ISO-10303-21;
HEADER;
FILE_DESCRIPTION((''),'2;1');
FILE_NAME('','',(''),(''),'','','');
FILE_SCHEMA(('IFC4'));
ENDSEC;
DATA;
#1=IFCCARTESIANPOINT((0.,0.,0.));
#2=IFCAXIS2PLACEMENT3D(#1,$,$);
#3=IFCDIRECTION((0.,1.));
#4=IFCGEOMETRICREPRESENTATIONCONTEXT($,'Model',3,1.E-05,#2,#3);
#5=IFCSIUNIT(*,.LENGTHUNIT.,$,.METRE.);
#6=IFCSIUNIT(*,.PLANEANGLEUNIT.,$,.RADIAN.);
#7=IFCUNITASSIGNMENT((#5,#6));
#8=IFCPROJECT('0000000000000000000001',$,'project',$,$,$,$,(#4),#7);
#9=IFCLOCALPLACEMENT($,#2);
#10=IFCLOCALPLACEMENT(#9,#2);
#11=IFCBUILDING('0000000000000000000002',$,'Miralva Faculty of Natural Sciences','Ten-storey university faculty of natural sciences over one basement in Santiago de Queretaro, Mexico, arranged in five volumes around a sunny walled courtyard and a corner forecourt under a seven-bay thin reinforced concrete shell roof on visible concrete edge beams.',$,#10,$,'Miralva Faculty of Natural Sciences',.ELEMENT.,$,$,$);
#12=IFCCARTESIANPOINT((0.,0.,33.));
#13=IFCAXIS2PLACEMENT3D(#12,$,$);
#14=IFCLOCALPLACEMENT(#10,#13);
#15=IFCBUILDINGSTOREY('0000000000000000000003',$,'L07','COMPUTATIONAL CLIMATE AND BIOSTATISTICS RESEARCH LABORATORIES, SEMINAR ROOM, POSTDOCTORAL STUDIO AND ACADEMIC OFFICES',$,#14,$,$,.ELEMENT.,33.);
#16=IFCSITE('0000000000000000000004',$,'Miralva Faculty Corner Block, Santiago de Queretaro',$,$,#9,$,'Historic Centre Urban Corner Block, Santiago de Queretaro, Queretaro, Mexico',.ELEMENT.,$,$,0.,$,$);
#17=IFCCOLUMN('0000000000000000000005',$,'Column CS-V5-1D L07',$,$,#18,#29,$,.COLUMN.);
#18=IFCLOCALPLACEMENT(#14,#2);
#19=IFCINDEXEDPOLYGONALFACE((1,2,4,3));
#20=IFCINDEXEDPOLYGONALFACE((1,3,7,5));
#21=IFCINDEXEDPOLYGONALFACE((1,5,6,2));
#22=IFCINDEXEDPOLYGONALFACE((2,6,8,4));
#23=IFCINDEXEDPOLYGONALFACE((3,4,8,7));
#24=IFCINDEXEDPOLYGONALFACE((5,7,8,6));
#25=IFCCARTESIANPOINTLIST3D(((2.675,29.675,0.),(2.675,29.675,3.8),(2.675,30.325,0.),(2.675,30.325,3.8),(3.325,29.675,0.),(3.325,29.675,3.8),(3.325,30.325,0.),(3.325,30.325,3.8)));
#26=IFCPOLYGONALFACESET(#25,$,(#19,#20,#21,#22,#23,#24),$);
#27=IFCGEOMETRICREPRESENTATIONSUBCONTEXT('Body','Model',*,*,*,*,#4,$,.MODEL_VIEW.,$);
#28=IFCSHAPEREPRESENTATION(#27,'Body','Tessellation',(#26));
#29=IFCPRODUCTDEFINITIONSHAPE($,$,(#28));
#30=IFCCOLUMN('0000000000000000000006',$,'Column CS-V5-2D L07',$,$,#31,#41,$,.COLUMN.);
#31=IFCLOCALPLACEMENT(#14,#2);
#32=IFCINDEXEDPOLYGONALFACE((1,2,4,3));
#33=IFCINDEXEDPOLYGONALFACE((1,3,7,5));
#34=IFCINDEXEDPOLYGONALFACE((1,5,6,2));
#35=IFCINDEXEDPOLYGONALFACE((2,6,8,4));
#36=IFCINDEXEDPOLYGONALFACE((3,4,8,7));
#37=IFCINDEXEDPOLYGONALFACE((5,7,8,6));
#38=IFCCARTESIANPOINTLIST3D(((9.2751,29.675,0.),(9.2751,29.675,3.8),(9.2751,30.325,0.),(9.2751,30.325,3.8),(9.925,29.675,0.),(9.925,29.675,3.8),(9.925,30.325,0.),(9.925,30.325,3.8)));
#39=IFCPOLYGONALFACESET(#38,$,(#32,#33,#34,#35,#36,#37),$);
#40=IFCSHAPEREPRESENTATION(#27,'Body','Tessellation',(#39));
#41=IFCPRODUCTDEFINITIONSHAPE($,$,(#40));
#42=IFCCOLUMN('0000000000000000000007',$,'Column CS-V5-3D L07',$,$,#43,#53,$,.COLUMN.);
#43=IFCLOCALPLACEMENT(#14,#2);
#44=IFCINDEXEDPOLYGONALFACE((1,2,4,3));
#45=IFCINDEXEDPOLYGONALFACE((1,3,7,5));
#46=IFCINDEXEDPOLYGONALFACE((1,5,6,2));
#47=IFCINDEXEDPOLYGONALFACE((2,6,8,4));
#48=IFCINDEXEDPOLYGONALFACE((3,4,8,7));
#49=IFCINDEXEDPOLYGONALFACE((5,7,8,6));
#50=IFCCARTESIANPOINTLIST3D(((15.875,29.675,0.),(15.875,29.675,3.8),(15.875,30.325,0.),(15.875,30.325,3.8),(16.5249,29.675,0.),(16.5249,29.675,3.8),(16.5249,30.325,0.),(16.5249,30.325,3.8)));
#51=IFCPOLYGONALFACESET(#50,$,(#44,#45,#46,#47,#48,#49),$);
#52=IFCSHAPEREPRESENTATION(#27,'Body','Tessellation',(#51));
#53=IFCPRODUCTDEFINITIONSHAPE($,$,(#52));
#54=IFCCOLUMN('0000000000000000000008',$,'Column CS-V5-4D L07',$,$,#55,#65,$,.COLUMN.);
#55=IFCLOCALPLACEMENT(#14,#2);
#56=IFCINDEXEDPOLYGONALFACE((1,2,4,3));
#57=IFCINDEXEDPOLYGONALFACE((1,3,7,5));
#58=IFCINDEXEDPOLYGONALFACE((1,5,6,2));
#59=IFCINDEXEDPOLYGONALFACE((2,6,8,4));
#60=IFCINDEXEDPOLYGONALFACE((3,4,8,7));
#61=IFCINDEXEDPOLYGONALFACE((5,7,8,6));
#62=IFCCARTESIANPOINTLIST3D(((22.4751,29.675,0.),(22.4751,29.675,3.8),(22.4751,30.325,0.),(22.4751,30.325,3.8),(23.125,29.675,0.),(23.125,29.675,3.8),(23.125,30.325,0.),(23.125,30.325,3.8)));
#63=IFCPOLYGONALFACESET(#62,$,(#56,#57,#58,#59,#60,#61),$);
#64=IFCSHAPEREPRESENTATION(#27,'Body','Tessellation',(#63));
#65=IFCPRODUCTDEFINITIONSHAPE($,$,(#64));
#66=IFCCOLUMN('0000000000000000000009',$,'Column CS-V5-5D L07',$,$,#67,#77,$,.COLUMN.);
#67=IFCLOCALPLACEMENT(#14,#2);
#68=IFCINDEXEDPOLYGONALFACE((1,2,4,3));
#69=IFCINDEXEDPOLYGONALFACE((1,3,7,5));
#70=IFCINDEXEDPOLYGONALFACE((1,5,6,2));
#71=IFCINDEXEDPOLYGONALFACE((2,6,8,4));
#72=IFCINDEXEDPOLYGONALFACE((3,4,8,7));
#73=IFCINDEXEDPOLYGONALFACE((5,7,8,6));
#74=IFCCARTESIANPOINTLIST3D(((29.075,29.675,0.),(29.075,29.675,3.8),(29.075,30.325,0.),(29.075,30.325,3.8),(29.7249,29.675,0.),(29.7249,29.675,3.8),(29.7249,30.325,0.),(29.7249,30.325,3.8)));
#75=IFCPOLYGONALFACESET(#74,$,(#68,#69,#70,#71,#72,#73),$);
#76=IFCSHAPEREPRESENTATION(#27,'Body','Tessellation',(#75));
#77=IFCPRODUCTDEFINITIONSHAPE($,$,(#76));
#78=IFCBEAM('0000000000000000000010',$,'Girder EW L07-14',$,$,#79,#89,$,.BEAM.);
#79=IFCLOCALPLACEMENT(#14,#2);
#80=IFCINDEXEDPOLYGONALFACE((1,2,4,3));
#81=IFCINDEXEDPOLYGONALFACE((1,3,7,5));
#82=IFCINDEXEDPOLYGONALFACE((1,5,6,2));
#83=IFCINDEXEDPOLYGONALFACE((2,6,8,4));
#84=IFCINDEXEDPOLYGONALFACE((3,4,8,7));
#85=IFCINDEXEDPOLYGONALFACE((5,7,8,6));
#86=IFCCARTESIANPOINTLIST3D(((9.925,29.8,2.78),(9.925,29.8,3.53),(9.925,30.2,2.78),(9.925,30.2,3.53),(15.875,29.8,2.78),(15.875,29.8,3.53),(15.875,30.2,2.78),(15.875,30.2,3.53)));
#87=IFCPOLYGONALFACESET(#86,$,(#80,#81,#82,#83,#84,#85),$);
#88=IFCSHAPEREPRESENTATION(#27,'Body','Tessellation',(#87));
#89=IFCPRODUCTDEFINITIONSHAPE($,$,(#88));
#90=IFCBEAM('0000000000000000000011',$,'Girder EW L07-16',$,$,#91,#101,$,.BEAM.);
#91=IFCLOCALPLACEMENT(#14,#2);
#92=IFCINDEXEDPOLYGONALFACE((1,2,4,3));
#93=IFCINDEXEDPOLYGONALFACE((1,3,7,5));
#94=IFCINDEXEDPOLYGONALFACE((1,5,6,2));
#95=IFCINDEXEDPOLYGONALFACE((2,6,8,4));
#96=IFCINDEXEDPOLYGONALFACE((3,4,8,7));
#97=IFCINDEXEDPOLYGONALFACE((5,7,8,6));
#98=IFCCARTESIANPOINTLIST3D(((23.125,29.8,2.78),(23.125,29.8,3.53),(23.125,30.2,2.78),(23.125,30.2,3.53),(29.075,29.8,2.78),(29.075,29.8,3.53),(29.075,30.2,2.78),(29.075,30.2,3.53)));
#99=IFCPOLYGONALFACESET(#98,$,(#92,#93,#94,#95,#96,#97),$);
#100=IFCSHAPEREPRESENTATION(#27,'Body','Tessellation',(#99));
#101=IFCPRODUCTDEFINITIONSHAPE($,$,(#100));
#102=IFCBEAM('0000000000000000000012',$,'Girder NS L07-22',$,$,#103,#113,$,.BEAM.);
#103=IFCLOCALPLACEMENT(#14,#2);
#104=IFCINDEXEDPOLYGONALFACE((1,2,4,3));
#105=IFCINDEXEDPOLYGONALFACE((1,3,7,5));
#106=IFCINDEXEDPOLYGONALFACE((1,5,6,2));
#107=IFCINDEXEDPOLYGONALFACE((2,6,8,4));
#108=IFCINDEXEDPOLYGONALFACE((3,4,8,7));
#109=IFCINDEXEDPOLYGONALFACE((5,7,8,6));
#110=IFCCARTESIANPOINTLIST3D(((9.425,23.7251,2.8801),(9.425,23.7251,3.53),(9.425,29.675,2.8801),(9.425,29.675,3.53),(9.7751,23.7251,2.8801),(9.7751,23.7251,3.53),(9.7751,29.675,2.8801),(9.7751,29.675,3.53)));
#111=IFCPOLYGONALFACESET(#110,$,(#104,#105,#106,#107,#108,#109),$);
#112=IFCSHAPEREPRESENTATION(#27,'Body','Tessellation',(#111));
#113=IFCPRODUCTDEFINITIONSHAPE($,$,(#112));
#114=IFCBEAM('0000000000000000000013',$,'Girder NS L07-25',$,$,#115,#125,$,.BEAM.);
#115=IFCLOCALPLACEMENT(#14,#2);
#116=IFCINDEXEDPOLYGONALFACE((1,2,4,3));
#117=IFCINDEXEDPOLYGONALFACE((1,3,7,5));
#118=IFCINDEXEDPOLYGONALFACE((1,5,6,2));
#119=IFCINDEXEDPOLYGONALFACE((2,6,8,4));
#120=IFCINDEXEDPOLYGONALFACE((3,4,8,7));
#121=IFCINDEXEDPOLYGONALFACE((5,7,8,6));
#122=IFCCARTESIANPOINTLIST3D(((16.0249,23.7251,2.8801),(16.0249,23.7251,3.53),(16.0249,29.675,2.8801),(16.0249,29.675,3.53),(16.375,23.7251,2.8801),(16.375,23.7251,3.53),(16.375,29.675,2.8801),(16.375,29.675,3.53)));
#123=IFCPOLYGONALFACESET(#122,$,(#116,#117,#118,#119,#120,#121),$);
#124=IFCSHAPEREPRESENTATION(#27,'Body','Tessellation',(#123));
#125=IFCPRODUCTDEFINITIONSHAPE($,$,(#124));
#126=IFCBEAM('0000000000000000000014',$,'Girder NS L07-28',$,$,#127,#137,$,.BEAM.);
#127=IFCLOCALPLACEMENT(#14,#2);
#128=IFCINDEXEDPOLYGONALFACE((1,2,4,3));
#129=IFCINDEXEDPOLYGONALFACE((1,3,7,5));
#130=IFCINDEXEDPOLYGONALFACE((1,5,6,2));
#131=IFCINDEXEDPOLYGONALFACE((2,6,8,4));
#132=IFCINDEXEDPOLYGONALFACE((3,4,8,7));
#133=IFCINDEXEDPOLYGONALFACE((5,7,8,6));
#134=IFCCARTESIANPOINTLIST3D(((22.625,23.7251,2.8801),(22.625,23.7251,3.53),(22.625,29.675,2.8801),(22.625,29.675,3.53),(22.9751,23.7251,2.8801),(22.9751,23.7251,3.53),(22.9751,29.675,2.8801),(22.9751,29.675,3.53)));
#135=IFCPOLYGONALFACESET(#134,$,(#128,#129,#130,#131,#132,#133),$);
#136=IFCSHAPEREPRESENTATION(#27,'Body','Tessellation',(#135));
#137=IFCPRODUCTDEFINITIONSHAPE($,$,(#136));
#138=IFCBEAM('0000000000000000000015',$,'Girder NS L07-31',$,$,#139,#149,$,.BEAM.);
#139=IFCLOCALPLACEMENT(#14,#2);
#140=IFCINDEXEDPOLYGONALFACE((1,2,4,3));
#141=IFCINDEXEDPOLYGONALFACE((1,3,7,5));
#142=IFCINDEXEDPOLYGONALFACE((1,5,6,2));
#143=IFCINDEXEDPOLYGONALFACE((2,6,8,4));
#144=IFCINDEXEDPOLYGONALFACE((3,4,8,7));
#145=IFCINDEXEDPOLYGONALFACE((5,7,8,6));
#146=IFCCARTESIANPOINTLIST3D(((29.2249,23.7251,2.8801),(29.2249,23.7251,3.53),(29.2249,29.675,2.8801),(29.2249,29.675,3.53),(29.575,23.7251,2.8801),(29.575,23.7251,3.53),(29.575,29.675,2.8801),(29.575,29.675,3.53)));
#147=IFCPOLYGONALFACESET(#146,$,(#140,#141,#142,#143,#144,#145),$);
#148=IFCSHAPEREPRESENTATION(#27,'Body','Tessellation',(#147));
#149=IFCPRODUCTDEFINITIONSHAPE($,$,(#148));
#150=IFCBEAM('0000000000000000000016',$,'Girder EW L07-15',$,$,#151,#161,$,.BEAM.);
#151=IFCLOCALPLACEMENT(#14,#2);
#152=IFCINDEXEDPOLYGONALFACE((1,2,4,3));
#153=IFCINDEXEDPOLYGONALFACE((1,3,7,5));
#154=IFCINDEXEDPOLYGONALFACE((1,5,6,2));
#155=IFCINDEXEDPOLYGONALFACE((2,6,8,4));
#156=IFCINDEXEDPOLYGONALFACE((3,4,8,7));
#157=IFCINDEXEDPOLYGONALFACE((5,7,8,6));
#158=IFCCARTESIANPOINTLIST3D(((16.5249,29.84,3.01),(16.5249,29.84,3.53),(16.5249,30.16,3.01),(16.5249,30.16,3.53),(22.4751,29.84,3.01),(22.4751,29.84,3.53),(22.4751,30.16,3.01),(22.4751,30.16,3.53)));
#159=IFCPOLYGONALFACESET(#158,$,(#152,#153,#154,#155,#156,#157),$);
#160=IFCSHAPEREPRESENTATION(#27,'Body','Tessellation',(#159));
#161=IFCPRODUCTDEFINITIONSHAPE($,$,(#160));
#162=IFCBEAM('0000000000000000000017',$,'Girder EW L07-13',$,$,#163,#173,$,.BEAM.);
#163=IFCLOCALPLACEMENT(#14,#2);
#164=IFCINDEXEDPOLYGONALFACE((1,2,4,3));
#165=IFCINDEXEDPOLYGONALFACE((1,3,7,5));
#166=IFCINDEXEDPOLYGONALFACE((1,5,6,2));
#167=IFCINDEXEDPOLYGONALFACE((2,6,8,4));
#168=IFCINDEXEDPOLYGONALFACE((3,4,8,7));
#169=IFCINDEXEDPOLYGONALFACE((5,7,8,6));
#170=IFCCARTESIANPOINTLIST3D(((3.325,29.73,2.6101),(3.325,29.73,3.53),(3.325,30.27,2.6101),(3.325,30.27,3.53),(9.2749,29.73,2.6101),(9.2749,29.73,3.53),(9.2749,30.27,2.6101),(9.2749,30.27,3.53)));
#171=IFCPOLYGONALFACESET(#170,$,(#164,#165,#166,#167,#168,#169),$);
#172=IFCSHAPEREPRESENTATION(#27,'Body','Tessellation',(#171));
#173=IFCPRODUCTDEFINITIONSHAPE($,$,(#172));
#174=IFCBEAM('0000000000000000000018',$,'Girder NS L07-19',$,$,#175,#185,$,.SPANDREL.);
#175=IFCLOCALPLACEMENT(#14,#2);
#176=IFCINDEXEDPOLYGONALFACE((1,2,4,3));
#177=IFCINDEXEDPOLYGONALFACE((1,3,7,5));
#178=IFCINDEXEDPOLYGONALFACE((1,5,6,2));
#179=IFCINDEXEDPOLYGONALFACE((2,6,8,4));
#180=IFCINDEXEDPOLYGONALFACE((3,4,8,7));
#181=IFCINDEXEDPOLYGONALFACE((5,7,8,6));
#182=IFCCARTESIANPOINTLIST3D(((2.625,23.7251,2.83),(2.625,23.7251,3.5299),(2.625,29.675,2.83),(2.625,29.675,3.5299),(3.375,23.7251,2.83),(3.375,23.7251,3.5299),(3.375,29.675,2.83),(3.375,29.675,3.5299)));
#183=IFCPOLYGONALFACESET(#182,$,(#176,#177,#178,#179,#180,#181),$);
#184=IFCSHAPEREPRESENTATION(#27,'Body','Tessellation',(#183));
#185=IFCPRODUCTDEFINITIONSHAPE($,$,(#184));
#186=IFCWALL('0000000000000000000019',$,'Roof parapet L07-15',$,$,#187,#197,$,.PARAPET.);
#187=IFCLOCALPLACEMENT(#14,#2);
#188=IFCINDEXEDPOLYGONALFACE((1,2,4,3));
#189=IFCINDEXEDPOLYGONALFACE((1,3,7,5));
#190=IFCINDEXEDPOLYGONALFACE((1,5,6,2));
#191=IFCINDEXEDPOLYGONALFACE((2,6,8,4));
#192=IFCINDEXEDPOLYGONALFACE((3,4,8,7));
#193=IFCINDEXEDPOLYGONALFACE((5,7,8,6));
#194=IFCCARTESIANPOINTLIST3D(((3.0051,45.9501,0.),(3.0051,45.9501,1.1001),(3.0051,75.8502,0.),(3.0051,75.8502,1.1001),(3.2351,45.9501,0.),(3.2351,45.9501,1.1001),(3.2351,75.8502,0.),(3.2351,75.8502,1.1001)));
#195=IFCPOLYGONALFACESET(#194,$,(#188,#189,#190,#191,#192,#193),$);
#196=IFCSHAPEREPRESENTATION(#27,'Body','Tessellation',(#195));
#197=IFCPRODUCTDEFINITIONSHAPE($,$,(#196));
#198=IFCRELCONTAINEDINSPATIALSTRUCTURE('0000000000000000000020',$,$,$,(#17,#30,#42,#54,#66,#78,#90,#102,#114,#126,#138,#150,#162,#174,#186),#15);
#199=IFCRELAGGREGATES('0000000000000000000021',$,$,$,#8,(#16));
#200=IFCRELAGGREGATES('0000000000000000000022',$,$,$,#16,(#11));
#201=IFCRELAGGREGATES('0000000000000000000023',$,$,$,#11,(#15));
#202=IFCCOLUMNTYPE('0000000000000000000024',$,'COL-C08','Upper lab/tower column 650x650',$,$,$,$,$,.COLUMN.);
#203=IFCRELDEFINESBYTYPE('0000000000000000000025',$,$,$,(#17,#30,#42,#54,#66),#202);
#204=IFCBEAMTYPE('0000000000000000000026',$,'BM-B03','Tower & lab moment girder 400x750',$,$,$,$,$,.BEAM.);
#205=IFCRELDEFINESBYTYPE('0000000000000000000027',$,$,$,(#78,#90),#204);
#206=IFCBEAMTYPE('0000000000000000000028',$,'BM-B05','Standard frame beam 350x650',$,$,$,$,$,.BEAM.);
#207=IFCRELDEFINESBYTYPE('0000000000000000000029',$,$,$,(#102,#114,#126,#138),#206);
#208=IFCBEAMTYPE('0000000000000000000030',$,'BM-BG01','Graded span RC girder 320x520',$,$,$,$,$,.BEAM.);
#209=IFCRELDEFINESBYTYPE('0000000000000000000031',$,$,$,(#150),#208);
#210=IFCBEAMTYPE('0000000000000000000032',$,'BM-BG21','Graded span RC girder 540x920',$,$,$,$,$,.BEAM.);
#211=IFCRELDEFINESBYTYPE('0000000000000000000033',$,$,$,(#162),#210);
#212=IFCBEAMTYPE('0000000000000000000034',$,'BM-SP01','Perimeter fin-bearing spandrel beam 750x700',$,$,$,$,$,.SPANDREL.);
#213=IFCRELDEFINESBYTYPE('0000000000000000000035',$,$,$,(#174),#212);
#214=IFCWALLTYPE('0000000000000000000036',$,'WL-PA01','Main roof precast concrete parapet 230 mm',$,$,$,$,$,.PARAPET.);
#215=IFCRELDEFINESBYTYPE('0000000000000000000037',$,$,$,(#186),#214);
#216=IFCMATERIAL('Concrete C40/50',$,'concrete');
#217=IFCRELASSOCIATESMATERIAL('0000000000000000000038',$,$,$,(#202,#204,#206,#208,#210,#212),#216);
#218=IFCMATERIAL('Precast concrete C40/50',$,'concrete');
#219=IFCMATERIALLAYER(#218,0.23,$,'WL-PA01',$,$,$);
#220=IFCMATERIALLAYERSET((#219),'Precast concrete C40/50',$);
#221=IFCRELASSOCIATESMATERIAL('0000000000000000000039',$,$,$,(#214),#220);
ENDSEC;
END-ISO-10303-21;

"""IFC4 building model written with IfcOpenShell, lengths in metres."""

from ifc_helpers import new_model, si_unit, direction, frame, frame_2d, origin, origin_2d, place, context, subcontext, project, spatial, rectangle, extrude, material, layer, layer_set, material_profile, profile_set, type_object, element, save


model = new_model("IFC4")

# Units and contexts
model_context = context("Model", 3, precision=1e-05, world=origin(), true_north=direction((0.0, 1.0)))
body_context = subcontext(model_context, "Body", "Model", "MODEL_VIEW")
ifc_project = project(units=[si_unit("LENGTHUNIT", "METRE"), si_unit("PLANEANGLEUNIT", "RADIAN")], contexts=[model_context])

# Site, building, storey
site_placement = place(None, origin())
site = spatial("IfcSite", under=ifc_project, at=site_placement, Name="Miralva Faculty Corner Block, Santiago de Queretaro", LongName="Historic Centre Urban Corner Block, Santiago de Queretaro, Queretaro, Mexico", CompositionType="ELEMENT", RefElevation=0.0)
building_placement = place(site_placement, origin())
building = spatial("IfcBuilding", under=site, at=building_placement, Name="Miralva Faculty of Natural Sciences", Description="Ten-storey university faculty of natural sciences over one basement in Santiago de Queretaro, Mexico, arranged in five volumes around a sunny walled courtyard and a corner forecourt under a seven-bay thin reinforced concrete shell roof on visible concrete edge beams.", LongName="Miralva Faculty of Natural Sciences", CompositionType="ELEMENT")
storey_placement = place(building_placement, frame((0.0, 0.0, 33.0)))
storey = spatial("IfcBuildingStorey", under=building, at=storey_placement, Name="L07", Description="COMPUTATIONAL CLIMATE AND BIOSTATISTICS RESEARCH LABORATORIES, SEMINAR ROOM, POSTDOCTORAL STUDIO AND ACADEMIC OFFICES", CompositionType="ELEMENT", Elevation=33.0)

# Columns
ifc_material_1 = material(Name="Concrete C40/50", Category="concrete")
ifc_material_profile_1 = material_profile(ifc_material_1, rectangle(XDim=0.6499, YDim=0.6499, at=origin_2d()), Name="RC 650x650")
ifc_profile_set_1 = profile_set([ifc_material_profile_1], Name="Concrete C40/50")
column_type = type_object("IfcColumnType", Name="COL-C08", Description="Upper lab/tower column 650x650", PredefinedType="COLUMN", material=ifc_profile_set_1)
for number, where, z_axis, x_axis, name in (
    (1, (3.0, 30.0, 0.0), (0.0, 0.0, 1.0), (1.0, 0.0, 0.0), "Column CS-V5-1D L07"),
    (2, (9.6001, 30.0, 0.0), (0.0, 0.0, 1.0), (1.0, 0.0, 0.0), "Column CS-V5-2D L07"),
    (3, (16.2, 30.0, 0.0), (0.0, 0.0, 1.0), (1.0, 0.0, 0.0), "Column CS-V5-3D L07"),
    (4, (22.8, 30.0, 0.0), (0.0, 0.0, 1.0), (1.0, 0.0, 0.0), "Column CS-V5-4D L07"),
    (5, (29.3999, 30.0, 0.0), (0.0, 0.0, 1.0), (1.0, 0.0, 0.0), "Column CS-V5-5D L07"),
):
    element("IfcColumn", number, at=place(storey_placement, frame(where, z_axis=z_axis, x_axis=x_axis)), inside=storey, type_object=column_type, Name=name, PredefinedType="COLUMN", context=body_context, shape_type="SweptSolid", body=[
        extrude(rectangle(XDim=0.6499, YDim=0.6499, at=origin_2d()), origin(), (0.0, 0.0, 1.0), 3.8),
    ])

# Beams
ifc_material_profile_2 = material_profile(ifc_material_1, rectangle(XDim=0.3999, YDim=0.75, at=origin_2d()), Name="RC 400x750")
ifc_profile_set_2 = profile_set([ifc_material_profile_2], Name="Concrete C40/50")
beam_type_1 = type_object("IfcBeamType", Name="BM-B03", Description="Tower & lab moment girder 400x750", PredefinedType="BEAM", material=ifc_profile_set_2)
for number, where, z_axis, x_axis, name in (
    (6, (9.925, 30.0, 3.155), (1.0, 0.0, 0.0), (0.0, 1.0, 0.0), "Girder EW L07-14"),
    (7, (23.125, 30.0, 3.155), (1.0, 0.0, 0.0), (0.0, 1.0, 0.0), "Girder EW L07-16"),
):
    element("IfcBeam", number, at=place(storey_placement, frame(where, z_axis=z_axis, x_axis=x_axis)), inside=storey, type_object=beam_type_1, Name=name, PredefinedType="BEAM", context=body_context, shape_type="SweptSolid", body=[
        extrude(rectangle(XDim=0.3999, YDim=0.75, at=origin_2d()), origin(), (0.0, 0.0, 1.0), 5.95),
    ])
ifc_material_profile_3 = material_profile(ifc_material_1, rectangle(XDim=0.3501, YDim=0.6499, at=origin_2d()), Name="RC 350x650")
ifc_profile_set_3 = profile_set([ifc_material_profile_3], Name="Concrete C40/50")
beam_type_2 = type_object("IfcBeamType", Name="BM-B05", Description="Standard frame beam 350x650", PredefinedType="BEAM", material=ifc_profile_set_3)
for number, where, z_axis, x_axis, name in (
    (8, (9.6001, 23.7251, 3.2051), (0.0, 1.0, 0.0), (-1.0, 0.0, 0.0), "Girder NS L07-22"),
    (9, (16.2, 23.7251, 3.2051), (0.0, 1.0, 0.0), (-1.0, 0.0, 0.0), "Girder NS L07-25"),
    (10, (22.8, 23.7251, 3.2051), (0.0, 1.0, 0.0), (-1.0, 0.0, 0.0), "Girder NS L07-28"),
    (11, (29.3999, 23.7251, 3.2051), (0.0, 1.0, 0.0), (-1.0, 0.0, 0.0), "Girder NS L07-31"),
):
    element("IfcBeam", number, at=place(storey_placement, frame(where, z_axis=z_axis, x_axis=x_axis)), inside=storey, type_object=beam_type_2, Name=name, PredefinedType="BEAM", context=body_context, shape_type="SweptSolid", body=[
        extrude(rectangle(XDim=0.3501, YDim=0.6499, at=origin_2d()), origin(), (0.0, 0.0, 1.0), 5.95),
    ])
ifc_material_profile_4 = material_profile(ifc_material_1, rectangle(XDim=0.3201, YDim=0.52, at=origin_2d()), Name="RC 320x520")
ifc_profile_set_4 = profile_set([ifc_material_profile_4], Name="Concrete C40/50")
beam_type_3 = type_object("IfcBeamType", Name="BM-BG01", Description="Graded span RC girder 320x520", PredefinedType="BEAM", material=ifc_profile_set_4)
beam_1_placement = place(storey_placement, frame((16.5249, 30.0, 3.27), z_axis=(1.0, 0.0, 0.0), x_axis=(0.0, 1.0, 0.0)))
element("IfcBeam", 12, at=beam_1_placement, inside=storey, type_object=beam_type_3, Name="Girder EW L07-15", PredefinedType="BEAM", context=body_context, shape_type="SweptSolid", body=[
    extrude(rectangle(XDim=0.3201, YDim=0.52, at=origin_2d()), origin(), (0.0, 0.0, 1.0), 5.9502),
])
ifc_material_profile_5 = material_profile(ifc_material_1, rectangle(XDim=0.54, YDim=0.9199, at=origin_2d()), Name="RC 540x920")
ifc_profile_set_5 = profile_set([ifc_material_profile_5], Name="Concrete C40/50")
beam_type_4 = type_object("IfcBeamType", Name="BM-BG21", Description="Graded span RC girder 540x920", PredefinedType="BEAM", material=ifc_profile_set_5)
beam_2_placement = place(storey_placement, frame((3.325, 30.0, 3.0701), z_axis=(1.0, 0.0, 0.0), x_axis=(0.0, 1.0, 0.0)))
element("IfcBeam", 13, at=beam_2_placement, inside=storey, type_object=beam_type_4, Name="Girder EW L07-13", PredefinedType="BEAM", context=body_context, shape_type="SweptSolid", body=[
    extrude(rectangle(XDim=0.54, YDim=0.9199, at=origin_2d()), origin(), (0.0, 0.0, 1.0), 5.95),
])
ifc_material_profile_6 = material_profile(ifc_material_1, rectangle(XDim=0.75, YDim=0.7, at=origin_2d()), Name="RC 750x700")
ifc_profile_set_6 = profile_set([ifc_material_profile_6], Name="Concrete C40/50")
beam_type_5 = type_object("IfcBeamType", Name="BM-SP01", Description="Perimeter fin-bearing spandrel beam 750x700", PredefinedType="SPANDREL", material=ifc_profile_set_6)
beam_3_placement = place(storey_placement, frame((3.0, 23.7251, 3.1799), z_axis=(0.0, 1.0, 0.0), x_axis=(-1.0, 0.0, 0.0)))
element("IfcBeam", 14, at=beam_3_placement, inside=storey, type_object=beam_type_5, Name="Girder NS L07-19", PredefinedType="SPANDREL", context=body_context, shape_type="SweptSolid", body=[
    extrude(rectangle(XDim=0.75, YDim=0.7, at=origin_2d()), origin(), (0.0, 0.0, 1.0), 5.95),
])

# Wall
ifc_material_2 = material(Name="Precast concrete C40/50", Category="concrete")
ifc_layer_1 = layer(ifc_material_2, 0.23, Name="WL-PA01")
ifc_layer_set_1 = layer_set([ifc_layer_1], Name="Precast concrete C40/50")
wall_type_1 = type_object("IfcWallType", Name="WL-PA01", Description="Main roof precast concrete parapet 230 mm", PredefinedType="PARAPET", material=ifc_layer_set_1)
wall_1_placement = place(storey_placement, frame((3.1201, 45.95, 0.0), z_axis=(0.0, 0.0, 1.0), x_axis=(0.0, 1.0, 0.0)))
element("IfcWall", 15, at=wall_1_placement, inside=storey, type_object=wall_type_1, Name="Roof parapet L07-15", PredefinedType="PARAPET", context=body_context, shape_type="SweptSolid", body=[
    extrude(rectangle(XDim=29.9001, YDim=0.23, at=frame_2d((14.9502, 0.0))), origin(), (0.0, 0.0, 1.0), 1.1001),
])

save(model, "model.ifc")
